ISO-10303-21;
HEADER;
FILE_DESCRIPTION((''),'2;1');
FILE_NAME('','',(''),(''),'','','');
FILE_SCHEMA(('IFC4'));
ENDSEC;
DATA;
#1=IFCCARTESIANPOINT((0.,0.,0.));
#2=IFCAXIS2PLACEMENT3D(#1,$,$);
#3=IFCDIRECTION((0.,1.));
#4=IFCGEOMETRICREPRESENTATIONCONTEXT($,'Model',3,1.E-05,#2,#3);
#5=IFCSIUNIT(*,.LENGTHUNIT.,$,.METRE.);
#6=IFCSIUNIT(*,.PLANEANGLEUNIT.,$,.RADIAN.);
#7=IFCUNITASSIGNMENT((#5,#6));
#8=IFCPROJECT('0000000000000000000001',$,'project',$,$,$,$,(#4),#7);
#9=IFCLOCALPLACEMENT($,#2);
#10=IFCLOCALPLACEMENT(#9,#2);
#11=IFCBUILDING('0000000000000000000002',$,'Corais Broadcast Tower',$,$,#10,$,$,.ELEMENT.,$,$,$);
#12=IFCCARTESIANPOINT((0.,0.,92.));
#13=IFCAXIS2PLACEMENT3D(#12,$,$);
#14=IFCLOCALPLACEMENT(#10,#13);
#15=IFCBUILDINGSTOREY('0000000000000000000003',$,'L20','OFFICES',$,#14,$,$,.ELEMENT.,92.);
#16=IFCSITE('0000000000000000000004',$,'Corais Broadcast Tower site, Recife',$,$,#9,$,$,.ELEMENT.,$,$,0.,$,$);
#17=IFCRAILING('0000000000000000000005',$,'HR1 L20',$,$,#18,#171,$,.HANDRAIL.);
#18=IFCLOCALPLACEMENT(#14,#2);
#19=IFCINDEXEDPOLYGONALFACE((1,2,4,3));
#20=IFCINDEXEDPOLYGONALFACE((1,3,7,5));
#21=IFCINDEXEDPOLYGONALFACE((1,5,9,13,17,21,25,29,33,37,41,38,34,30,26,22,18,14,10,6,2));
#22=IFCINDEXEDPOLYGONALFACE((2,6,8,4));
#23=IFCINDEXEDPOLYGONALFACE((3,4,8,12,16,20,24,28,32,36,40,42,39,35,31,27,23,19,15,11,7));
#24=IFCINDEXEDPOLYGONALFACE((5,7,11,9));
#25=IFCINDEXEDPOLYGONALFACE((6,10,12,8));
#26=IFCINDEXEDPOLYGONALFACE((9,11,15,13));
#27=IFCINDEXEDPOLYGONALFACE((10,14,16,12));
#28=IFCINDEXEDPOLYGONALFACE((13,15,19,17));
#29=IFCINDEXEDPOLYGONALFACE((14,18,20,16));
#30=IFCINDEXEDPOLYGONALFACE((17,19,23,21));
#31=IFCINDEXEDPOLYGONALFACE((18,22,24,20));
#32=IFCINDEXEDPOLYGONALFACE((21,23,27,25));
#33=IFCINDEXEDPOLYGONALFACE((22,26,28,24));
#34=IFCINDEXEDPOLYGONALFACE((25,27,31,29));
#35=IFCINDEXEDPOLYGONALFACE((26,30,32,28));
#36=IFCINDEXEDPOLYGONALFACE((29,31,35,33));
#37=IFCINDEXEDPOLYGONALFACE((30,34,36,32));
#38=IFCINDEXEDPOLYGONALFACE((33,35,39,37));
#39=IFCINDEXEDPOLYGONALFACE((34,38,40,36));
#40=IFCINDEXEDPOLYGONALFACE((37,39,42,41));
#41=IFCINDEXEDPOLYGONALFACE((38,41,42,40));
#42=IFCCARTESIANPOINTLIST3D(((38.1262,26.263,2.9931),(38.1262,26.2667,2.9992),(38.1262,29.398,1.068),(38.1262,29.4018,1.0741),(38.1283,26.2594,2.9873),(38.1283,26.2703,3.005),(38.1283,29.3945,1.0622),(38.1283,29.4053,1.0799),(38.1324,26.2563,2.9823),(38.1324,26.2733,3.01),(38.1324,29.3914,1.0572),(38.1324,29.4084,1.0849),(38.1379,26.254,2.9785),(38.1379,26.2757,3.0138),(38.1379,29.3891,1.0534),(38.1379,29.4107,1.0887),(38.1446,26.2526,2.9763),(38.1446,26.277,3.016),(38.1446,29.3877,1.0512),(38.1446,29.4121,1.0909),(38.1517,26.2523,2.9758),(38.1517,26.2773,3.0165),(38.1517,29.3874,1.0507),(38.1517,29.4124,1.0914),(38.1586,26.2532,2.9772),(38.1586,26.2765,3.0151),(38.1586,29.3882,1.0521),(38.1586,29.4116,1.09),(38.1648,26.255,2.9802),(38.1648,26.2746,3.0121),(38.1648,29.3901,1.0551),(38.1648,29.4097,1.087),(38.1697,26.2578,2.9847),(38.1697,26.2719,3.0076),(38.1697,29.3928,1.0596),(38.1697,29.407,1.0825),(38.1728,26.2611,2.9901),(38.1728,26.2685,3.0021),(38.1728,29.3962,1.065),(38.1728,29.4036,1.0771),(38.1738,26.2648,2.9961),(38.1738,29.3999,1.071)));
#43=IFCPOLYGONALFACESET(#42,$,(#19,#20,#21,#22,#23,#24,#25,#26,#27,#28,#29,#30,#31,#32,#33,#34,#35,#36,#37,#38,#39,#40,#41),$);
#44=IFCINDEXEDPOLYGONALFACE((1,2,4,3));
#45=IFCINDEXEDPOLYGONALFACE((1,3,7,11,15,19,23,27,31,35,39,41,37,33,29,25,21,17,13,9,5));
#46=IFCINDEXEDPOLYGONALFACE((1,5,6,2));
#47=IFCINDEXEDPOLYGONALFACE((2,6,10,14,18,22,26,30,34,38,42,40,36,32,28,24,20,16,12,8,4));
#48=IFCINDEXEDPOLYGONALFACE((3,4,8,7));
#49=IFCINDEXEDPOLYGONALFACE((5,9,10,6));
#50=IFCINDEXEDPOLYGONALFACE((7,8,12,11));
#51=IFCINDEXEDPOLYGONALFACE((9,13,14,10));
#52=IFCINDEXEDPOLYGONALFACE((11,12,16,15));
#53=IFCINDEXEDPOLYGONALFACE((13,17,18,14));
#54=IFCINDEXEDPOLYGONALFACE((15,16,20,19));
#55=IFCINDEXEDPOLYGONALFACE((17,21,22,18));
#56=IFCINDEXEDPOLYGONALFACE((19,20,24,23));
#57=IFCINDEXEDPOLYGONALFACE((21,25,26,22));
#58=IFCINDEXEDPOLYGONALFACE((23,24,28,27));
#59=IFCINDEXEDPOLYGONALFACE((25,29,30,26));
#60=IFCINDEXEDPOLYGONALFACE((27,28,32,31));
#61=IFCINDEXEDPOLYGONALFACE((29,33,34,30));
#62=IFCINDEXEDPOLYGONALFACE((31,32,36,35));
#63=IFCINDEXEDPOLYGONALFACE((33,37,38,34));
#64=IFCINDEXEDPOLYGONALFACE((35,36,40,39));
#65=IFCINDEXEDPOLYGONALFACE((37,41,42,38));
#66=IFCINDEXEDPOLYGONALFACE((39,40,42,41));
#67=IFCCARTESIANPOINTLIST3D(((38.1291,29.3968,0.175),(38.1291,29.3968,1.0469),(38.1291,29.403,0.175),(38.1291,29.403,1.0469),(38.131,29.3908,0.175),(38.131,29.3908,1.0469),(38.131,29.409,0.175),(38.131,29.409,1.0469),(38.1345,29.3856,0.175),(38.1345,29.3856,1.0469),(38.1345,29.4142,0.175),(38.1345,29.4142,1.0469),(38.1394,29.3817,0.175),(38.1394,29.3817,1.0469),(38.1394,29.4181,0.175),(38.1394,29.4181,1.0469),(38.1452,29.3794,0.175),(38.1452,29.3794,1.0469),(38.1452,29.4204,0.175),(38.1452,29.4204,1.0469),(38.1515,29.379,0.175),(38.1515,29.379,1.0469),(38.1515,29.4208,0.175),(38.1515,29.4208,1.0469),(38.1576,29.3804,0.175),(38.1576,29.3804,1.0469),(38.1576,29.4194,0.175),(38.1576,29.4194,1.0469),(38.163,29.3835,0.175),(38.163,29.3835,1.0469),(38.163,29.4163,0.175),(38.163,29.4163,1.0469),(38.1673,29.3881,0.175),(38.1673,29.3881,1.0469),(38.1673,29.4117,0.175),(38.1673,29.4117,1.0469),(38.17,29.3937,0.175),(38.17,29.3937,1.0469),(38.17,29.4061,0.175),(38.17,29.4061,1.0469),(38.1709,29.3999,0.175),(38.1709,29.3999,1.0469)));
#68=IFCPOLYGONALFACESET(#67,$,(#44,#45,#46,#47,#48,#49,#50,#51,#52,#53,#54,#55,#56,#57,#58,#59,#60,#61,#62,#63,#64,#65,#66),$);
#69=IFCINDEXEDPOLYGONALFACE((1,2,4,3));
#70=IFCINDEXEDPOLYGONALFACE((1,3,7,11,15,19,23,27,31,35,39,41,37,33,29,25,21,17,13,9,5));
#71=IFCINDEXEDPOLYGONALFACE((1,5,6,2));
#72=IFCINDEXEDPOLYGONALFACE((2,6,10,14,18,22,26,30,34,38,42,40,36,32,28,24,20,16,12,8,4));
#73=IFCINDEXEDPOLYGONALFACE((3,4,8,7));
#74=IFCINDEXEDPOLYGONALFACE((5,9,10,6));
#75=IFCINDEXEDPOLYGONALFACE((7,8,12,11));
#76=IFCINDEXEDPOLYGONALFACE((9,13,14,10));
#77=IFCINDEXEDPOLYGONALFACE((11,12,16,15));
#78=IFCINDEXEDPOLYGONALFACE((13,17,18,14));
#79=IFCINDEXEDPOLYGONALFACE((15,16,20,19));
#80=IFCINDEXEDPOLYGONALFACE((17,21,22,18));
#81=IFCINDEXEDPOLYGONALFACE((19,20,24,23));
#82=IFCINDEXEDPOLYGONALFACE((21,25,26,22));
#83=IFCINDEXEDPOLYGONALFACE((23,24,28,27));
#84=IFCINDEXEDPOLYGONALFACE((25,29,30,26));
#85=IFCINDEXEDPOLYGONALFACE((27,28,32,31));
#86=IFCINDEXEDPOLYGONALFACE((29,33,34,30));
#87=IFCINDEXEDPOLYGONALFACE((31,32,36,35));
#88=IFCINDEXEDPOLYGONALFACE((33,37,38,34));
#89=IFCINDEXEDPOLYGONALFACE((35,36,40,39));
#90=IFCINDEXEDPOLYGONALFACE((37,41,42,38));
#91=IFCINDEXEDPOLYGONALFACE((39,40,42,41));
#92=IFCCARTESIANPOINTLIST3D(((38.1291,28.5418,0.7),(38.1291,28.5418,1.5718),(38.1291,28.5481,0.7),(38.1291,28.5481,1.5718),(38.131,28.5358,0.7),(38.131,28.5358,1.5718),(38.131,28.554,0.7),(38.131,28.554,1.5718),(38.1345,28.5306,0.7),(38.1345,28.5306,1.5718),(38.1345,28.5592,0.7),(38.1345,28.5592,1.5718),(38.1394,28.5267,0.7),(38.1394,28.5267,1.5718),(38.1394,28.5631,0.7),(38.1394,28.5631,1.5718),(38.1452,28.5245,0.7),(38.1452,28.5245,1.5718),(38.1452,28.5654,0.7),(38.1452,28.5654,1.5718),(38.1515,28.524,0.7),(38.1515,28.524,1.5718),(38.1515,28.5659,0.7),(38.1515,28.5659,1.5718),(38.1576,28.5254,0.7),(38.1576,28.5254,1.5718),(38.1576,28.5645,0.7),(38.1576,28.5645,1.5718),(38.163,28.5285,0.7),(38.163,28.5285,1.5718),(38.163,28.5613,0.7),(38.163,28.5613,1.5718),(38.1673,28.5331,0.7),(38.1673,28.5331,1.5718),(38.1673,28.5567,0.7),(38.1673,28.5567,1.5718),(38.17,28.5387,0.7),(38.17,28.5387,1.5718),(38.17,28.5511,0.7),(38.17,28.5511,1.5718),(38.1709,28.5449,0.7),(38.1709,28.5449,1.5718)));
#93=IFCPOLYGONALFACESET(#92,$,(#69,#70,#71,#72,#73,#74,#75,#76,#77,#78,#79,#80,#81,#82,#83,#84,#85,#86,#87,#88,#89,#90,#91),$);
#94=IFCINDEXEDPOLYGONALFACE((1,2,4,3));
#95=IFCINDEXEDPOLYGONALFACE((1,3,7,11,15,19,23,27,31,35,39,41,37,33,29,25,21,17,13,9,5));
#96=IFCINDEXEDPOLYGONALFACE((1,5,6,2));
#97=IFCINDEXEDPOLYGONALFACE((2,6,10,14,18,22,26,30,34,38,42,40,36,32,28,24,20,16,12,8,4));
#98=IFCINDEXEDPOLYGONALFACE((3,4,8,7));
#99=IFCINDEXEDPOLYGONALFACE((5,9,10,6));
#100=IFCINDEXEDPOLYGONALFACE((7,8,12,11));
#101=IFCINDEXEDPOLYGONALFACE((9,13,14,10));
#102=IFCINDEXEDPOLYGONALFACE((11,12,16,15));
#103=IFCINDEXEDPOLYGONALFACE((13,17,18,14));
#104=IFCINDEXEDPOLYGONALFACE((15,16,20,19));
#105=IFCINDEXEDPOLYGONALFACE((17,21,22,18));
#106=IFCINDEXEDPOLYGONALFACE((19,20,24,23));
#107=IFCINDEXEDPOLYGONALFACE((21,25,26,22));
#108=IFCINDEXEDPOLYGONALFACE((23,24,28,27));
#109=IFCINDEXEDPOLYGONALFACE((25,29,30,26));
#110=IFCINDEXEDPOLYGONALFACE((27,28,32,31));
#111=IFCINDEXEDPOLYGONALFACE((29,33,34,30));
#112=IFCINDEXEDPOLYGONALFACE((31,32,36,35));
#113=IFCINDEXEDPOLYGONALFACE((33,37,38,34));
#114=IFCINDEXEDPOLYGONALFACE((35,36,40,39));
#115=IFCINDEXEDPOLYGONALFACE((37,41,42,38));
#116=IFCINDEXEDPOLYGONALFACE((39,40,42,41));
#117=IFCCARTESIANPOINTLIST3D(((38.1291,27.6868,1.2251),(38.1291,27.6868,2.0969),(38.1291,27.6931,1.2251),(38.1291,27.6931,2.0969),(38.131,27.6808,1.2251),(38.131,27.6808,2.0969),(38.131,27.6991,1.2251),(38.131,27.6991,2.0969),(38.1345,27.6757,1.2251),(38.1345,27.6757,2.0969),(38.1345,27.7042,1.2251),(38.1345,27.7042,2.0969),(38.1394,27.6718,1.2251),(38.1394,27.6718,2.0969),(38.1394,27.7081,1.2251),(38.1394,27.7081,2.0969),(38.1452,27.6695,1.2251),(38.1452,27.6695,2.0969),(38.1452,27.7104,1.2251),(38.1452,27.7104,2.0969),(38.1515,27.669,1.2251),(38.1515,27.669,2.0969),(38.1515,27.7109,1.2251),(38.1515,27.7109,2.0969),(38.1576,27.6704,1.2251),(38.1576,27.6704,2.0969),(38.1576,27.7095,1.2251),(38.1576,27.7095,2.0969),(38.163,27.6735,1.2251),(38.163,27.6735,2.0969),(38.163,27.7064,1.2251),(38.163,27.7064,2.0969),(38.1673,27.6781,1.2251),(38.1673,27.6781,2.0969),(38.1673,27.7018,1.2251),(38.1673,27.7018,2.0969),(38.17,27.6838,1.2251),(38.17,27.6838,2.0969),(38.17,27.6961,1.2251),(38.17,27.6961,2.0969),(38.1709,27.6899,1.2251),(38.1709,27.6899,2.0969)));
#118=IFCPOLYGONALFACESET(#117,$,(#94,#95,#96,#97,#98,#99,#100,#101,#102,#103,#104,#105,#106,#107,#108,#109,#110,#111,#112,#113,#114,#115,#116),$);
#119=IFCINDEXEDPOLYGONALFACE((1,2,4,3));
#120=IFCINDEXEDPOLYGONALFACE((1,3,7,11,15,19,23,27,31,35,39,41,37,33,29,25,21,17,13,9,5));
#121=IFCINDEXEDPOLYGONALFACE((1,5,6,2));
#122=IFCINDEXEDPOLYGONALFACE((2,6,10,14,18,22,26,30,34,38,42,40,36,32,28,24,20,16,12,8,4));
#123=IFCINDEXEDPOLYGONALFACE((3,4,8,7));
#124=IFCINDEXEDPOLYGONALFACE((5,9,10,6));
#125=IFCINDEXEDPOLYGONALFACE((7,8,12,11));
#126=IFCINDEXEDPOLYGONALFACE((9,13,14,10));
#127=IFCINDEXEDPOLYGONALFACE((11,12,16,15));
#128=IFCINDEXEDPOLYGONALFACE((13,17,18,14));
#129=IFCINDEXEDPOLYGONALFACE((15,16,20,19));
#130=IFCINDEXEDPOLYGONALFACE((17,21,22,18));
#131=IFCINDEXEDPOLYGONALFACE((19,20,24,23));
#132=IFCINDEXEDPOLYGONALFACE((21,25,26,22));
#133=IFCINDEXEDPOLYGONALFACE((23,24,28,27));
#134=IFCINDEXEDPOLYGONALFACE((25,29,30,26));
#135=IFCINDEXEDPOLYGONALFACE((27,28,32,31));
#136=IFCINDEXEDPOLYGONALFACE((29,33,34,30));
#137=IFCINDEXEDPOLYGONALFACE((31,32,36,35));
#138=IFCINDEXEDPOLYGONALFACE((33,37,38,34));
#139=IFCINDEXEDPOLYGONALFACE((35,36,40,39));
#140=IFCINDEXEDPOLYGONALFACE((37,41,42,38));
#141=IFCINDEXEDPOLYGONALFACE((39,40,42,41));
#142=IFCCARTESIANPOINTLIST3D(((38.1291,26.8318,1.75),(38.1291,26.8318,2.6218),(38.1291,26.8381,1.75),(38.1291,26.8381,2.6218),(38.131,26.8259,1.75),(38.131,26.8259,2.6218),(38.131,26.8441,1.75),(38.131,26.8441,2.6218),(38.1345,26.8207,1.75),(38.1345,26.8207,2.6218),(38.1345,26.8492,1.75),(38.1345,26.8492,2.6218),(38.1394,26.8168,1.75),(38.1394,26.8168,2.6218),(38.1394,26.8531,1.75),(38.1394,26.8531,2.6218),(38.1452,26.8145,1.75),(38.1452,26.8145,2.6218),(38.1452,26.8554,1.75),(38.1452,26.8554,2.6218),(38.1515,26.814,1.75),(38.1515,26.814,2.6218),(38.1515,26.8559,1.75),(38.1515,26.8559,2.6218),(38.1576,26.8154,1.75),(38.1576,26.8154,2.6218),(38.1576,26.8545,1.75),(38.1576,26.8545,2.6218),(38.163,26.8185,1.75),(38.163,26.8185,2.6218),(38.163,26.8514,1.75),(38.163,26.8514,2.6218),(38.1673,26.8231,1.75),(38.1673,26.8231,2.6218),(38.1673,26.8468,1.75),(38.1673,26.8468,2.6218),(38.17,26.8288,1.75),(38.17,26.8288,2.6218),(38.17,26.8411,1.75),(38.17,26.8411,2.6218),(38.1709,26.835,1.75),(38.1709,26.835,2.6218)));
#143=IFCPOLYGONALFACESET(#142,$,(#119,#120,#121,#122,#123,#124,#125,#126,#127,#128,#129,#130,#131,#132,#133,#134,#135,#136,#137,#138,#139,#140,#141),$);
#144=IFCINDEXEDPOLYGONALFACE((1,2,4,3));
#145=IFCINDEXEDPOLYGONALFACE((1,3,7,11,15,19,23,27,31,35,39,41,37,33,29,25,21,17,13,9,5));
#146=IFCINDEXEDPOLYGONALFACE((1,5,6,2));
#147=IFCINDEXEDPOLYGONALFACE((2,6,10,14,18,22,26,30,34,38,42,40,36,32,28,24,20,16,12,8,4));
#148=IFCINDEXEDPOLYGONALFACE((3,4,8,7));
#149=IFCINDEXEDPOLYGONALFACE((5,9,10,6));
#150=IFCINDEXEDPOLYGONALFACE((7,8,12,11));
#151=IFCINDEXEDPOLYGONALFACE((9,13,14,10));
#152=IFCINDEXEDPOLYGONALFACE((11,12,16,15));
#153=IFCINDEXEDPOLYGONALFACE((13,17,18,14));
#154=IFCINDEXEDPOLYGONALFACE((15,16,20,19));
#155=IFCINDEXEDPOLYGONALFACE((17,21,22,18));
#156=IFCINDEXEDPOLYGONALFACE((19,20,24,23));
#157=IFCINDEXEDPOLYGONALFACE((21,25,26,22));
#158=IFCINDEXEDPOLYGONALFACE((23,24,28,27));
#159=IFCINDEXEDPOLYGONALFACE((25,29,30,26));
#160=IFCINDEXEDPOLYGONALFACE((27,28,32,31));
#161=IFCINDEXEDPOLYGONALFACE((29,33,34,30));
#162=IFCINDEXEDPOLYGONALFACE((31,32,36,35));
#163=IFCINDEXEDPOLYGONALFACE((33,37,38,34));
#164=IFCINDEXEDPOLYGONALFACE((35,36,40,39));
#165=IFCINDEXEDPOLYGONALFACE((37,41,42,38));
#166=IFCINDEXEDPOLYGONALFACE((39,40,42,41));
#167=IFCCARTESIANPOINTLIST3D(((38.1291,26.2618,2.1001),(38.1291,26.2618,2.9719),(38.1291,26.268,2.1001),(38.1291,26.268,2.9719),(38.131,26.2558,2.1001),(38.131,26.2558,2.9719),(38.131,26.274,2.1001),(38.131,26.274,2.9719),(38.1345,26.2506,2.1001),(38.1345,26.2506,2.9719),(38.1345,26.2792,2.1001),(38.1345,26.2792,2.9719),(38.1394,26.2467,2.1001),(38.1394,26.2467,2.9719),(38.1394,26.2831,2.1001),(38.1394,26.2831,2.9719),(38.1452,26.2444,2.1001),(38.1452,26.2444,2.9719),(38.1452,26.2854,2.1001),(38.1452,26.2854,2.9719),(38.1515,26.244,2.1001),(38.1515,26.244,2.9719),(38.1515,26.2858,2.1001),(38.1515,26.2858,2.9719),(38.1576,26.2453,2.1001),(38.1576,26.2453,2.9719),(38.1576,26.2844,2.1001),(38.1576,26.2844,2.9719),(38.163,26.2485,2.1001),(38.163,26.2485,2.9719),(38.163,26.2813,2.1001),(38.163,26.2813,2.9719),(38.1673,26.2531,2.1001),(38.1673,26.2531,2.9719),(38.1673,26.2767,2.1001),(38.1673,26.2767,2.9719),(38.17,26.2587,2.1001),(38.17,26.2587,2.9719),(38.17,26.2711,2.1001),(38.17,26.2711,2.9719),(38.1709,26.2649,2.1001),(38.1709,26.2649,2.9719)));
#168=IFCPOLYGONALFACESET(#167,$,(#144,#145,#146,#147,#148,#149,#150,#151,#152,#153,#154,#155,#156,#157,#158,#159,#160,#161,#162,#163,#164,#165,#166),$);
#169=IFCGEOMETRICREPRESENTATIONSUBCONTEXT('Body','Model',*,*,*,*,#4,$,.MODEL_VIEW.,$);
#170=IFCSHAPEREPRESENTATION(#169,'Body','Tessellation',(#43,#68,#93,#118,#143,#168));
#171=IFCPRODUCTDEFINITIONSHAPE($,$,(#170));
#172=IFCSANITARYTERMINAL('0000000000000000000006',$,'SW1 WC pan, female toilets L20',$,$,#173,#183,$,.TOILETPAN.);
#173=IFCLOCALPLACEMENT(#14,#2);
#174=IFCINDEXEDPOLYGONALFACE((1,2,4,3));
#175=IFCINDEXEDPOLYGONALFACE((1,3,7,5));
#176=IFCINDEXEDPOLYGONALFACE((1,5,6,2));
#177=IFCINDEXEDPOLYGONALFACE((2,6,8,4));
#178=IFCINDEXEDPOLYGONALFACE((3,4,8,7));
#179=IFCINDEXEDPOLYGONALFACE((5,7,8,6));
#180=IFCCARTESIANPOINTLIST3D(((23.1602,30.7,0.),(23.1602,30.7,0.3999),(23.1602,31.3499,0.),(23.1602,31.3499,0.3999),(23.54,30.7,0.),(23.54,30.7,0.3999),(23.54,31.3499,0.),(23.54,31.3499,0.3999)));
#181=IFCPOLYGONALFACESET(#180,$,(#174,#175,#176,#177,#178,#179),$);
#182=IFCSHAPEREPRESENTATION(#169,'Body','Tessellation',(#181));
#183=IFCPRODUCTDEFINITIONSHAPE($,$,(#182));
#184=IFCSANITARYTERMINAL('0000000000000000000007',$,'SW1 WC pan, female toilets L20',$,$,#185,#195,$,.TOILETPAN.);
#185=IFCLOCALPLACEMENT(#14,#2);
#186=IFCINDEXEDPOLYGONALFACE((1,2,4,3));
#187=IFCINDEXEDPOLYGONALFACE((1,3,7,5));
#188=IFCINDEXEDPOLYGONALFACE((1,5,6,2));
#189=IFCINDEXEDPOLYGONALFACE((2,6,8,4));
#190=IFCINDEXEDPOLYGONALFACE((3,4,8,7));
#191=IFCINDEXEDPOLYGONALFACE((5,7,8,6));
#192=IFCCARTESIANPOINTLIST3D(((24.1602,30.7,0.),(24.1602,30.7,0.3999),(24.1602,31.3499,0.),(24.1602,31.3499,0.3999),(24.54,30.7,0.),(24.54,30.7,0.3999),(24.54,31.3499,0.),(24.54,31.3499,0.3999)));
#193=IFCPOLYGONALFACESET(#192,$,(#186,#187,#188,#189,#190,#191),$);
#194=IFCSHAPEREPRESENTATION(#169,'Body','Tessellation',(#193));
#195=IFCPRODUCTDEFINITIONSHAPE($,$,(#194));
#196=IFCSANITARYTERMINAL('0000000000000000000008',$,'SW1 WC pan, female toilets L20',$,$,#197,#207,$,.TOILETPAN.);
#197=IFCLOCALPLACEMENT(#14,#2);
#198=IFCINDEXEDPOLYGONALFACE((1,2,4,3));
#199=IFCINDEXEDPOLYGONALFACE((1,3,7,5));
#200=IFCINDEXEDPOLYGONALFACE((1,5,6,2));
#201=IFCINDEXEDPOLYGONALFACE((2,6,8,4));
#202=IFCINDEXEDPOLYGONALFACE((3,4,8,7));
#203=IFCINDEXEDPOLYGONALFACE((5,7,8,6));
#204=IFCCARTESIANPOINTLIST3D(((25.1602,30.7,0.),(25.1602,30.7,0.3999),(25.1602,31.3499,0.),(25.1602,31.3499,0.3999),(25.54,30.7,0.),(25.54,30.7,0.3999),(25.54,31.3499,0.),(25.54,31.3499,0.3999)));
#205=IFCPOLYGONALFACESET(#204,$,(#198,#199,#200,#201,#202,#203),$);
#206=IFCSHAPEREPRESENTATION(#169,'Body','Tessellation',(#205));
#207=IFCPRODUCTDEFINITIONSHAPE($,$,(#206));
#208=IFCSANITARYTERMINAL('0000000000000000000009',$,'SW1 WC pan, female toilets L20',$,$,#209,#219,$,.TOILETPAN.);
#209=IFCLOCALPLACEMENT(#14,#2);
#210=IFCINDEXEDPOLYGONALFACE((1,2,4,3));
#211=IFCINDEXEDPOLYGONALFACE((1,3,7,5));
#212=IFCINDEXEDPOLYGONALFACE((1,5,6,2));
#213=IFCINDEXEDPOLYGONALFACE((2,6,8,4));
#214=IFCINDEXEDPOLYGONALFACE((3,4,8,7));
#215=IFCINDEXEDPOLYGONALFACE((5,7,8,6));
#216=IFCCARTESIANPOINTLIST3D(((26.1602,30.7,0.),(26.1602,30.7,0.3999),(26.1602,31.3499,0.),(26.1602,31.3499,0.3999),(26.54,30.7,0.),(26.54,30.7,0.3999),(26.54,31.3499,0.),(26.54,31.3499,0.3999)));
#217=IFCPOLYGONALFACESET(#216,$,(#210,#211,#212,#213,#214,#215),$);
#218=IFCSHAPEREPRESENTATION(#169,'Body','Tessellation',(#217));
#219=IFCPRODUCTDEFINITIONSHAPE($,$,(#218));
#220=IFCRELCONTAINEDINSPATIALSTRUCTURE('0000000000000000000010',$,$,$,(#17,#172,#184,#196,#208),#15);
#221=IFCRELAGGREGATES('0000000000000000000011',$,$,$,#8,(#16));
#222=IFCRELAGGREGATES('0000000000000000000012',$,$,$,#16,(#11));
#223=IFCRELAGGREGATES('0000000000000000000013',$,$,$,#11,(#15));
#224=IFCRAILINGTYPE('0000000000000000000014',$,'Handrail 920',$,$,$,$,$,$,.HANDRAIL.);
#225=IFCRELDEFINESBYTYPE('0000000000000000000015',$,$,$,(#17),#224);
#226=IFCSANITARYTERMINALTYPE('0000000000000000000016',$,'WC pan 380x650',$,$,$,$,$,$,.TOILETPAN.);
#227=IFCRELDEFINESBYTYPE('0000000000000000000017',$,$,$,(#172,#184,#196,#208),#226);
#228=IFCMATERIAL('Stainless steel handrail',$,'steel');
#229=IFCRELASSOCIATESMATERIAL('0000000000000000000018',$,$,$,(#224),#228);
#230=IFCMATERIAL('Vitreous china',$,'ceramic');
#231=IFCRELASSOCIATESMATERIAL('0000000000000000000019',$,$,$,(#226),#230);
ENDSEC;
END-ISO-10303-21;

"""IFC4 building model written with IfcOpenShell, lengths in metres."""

from ifc_helpers import new_model, si_unit, direction, frame, origin, origin_2d, place, context, subcontext, project, spatial, rectangle, circle, extrude, material, type_object, element, save


model = new_model("IFC4")

# Units and contexts
model_context = context("Model", 3, precision=1e-05, world=origin(), true_north=direction((0.0, 1.0)))
body_context = subcontext(model_context, "Body", "Model", "MODEL_VIEW")
ifc_project = project(units=[si_unit("LENGTHUNIT", "METRE"), si_unit("PLANEANGLEUNIT", "RADIAN")], contexts=[model_context])

# Site, building, storey
site_placement = place(None, origin())
site = spatial("IfcSite", under=ifc_project, at=site_placement, Name="Corais Broadcast Tower site, Recife", CompositionType="ELEMENT", RefElevation=0.0)
building_placement = place(site_placement, origin())
building = spatial("IfcBuilding", under=site, at=building_placement, Name="Corais Broadcast Tower", CompositionType="ELEMENT")
storey_placement = place(building_placement, frame((0.0, 0.0, 92.0)))
storey = spatial("IfcBuildingStorey", under=building, at=storey_placement, Name="L20", Description="OFFICES", CompositionType="ELEMENT", Elevation=92.0)

# Railing
ifc_material_1 = material(Name="Stainless steel handrail", Category="steel")
railing_type = type_object("IfcRailingType", Name="Handrail 920", PredefinedType="HANDRAIL", material=ifc_material_1)
for number, where, name in (
    (1, (38.1499, 29.3999, 0.175), "HR1 L20"),
):
    element("IfcRailing", number, at=place(storey_placement, frame(where)), inside=storey, type_object=railing_type, Name=name, PredefinedType="HANDRAIL", context=body_context, shape_type="SweptSolid", body=[
        extrude(circle(Radius=0.0239, at=origin_2d()), frame((0.0, 0.0, 0.896), z_axis=(0.0, -0.852166, 0.523271), x_axis=(1.0, 0.0, 0.0)), (0.0, 0.0, 1.0), 3.679),
        extrude(circle(Radius=0.021, at=origin_2d()), origin(), (0.0, 0.0, 1.0), 0.8718),
        extrude(circle(Radius=0.021, at=origin_2d()), frame((0.0, -0.855, 0.5249)), (0.0, 0.0, 1.0), 0.8718),
        extrude(circle(Radius=0.021, at=origin_2d()), frame((0.0, -1.71, 1.05)), (0.0, 0.0, 1.0), 0.8718),
        extrude(circle(Radius=0.021, at=origin_2d()), frame((0.0, -2.5649, 1.575)), (0.0, 0.0, 1.0), 0.8718),
        extrude(circle(Radius=0.021, at=origin_2d()), frame((0.0, -3.135, 1.925)), (0.0, 0.0, 1.0), 0.8718),
    ])

# Sanitary terminals
ifc_material_2 = material(Name="Vitreous china", Category="ceramic")
sanitary_terminal_type_1 = type_object("IfcSanitaryTerminalType", Name="WC pan 380x650", PredefinedType="TOILETPAN", material=ifc_material_2)
for number, where, z_axis, x_axis, name in (
    (2, (23.3501, 31.0249, 0.0), (0.0, 0.0, 1.0), (1.0, 0.0, 0.0), "SW1 WC pan, female toilets L20"),
    (3, (24.3501, 31.0249, 0.0), (0.0, 0.0, 1.0), (1.0, 0.0, 0.0), "SW1 WC pan, female toilets L20"),
    (4, (25.3501, 31.0249, 0.0), (0.0, 0.0, 1.0), (1.0, 0.0, 0.0), "SW1 WC pan, female toilets L20"),
    (5, (26.3501, 31.0249, 0.0), (0.0, 0.0, 1.0), (1.0, 0.0, 0.0), "SW1 WC pan, female toilets L20"),
):
    element("IfcSanitaryTerminal", number, at=place(storey_placement, frame(where, z_axis=z_axis, x_axis=x_axis)), inside=storey, type_object=sanitary_terminal_type_1, Name=name, PredefinedType="TOILETPAN", context=body_context, shape_type="SweptSolid", body=[
        extrude(rectangle(XDim=0.3799, YDim=0.6499, at=origin_2d()), origin(), (0.0, 0.0, 1.0), 0.3999),
    ])

save(model, "model.ifc")
